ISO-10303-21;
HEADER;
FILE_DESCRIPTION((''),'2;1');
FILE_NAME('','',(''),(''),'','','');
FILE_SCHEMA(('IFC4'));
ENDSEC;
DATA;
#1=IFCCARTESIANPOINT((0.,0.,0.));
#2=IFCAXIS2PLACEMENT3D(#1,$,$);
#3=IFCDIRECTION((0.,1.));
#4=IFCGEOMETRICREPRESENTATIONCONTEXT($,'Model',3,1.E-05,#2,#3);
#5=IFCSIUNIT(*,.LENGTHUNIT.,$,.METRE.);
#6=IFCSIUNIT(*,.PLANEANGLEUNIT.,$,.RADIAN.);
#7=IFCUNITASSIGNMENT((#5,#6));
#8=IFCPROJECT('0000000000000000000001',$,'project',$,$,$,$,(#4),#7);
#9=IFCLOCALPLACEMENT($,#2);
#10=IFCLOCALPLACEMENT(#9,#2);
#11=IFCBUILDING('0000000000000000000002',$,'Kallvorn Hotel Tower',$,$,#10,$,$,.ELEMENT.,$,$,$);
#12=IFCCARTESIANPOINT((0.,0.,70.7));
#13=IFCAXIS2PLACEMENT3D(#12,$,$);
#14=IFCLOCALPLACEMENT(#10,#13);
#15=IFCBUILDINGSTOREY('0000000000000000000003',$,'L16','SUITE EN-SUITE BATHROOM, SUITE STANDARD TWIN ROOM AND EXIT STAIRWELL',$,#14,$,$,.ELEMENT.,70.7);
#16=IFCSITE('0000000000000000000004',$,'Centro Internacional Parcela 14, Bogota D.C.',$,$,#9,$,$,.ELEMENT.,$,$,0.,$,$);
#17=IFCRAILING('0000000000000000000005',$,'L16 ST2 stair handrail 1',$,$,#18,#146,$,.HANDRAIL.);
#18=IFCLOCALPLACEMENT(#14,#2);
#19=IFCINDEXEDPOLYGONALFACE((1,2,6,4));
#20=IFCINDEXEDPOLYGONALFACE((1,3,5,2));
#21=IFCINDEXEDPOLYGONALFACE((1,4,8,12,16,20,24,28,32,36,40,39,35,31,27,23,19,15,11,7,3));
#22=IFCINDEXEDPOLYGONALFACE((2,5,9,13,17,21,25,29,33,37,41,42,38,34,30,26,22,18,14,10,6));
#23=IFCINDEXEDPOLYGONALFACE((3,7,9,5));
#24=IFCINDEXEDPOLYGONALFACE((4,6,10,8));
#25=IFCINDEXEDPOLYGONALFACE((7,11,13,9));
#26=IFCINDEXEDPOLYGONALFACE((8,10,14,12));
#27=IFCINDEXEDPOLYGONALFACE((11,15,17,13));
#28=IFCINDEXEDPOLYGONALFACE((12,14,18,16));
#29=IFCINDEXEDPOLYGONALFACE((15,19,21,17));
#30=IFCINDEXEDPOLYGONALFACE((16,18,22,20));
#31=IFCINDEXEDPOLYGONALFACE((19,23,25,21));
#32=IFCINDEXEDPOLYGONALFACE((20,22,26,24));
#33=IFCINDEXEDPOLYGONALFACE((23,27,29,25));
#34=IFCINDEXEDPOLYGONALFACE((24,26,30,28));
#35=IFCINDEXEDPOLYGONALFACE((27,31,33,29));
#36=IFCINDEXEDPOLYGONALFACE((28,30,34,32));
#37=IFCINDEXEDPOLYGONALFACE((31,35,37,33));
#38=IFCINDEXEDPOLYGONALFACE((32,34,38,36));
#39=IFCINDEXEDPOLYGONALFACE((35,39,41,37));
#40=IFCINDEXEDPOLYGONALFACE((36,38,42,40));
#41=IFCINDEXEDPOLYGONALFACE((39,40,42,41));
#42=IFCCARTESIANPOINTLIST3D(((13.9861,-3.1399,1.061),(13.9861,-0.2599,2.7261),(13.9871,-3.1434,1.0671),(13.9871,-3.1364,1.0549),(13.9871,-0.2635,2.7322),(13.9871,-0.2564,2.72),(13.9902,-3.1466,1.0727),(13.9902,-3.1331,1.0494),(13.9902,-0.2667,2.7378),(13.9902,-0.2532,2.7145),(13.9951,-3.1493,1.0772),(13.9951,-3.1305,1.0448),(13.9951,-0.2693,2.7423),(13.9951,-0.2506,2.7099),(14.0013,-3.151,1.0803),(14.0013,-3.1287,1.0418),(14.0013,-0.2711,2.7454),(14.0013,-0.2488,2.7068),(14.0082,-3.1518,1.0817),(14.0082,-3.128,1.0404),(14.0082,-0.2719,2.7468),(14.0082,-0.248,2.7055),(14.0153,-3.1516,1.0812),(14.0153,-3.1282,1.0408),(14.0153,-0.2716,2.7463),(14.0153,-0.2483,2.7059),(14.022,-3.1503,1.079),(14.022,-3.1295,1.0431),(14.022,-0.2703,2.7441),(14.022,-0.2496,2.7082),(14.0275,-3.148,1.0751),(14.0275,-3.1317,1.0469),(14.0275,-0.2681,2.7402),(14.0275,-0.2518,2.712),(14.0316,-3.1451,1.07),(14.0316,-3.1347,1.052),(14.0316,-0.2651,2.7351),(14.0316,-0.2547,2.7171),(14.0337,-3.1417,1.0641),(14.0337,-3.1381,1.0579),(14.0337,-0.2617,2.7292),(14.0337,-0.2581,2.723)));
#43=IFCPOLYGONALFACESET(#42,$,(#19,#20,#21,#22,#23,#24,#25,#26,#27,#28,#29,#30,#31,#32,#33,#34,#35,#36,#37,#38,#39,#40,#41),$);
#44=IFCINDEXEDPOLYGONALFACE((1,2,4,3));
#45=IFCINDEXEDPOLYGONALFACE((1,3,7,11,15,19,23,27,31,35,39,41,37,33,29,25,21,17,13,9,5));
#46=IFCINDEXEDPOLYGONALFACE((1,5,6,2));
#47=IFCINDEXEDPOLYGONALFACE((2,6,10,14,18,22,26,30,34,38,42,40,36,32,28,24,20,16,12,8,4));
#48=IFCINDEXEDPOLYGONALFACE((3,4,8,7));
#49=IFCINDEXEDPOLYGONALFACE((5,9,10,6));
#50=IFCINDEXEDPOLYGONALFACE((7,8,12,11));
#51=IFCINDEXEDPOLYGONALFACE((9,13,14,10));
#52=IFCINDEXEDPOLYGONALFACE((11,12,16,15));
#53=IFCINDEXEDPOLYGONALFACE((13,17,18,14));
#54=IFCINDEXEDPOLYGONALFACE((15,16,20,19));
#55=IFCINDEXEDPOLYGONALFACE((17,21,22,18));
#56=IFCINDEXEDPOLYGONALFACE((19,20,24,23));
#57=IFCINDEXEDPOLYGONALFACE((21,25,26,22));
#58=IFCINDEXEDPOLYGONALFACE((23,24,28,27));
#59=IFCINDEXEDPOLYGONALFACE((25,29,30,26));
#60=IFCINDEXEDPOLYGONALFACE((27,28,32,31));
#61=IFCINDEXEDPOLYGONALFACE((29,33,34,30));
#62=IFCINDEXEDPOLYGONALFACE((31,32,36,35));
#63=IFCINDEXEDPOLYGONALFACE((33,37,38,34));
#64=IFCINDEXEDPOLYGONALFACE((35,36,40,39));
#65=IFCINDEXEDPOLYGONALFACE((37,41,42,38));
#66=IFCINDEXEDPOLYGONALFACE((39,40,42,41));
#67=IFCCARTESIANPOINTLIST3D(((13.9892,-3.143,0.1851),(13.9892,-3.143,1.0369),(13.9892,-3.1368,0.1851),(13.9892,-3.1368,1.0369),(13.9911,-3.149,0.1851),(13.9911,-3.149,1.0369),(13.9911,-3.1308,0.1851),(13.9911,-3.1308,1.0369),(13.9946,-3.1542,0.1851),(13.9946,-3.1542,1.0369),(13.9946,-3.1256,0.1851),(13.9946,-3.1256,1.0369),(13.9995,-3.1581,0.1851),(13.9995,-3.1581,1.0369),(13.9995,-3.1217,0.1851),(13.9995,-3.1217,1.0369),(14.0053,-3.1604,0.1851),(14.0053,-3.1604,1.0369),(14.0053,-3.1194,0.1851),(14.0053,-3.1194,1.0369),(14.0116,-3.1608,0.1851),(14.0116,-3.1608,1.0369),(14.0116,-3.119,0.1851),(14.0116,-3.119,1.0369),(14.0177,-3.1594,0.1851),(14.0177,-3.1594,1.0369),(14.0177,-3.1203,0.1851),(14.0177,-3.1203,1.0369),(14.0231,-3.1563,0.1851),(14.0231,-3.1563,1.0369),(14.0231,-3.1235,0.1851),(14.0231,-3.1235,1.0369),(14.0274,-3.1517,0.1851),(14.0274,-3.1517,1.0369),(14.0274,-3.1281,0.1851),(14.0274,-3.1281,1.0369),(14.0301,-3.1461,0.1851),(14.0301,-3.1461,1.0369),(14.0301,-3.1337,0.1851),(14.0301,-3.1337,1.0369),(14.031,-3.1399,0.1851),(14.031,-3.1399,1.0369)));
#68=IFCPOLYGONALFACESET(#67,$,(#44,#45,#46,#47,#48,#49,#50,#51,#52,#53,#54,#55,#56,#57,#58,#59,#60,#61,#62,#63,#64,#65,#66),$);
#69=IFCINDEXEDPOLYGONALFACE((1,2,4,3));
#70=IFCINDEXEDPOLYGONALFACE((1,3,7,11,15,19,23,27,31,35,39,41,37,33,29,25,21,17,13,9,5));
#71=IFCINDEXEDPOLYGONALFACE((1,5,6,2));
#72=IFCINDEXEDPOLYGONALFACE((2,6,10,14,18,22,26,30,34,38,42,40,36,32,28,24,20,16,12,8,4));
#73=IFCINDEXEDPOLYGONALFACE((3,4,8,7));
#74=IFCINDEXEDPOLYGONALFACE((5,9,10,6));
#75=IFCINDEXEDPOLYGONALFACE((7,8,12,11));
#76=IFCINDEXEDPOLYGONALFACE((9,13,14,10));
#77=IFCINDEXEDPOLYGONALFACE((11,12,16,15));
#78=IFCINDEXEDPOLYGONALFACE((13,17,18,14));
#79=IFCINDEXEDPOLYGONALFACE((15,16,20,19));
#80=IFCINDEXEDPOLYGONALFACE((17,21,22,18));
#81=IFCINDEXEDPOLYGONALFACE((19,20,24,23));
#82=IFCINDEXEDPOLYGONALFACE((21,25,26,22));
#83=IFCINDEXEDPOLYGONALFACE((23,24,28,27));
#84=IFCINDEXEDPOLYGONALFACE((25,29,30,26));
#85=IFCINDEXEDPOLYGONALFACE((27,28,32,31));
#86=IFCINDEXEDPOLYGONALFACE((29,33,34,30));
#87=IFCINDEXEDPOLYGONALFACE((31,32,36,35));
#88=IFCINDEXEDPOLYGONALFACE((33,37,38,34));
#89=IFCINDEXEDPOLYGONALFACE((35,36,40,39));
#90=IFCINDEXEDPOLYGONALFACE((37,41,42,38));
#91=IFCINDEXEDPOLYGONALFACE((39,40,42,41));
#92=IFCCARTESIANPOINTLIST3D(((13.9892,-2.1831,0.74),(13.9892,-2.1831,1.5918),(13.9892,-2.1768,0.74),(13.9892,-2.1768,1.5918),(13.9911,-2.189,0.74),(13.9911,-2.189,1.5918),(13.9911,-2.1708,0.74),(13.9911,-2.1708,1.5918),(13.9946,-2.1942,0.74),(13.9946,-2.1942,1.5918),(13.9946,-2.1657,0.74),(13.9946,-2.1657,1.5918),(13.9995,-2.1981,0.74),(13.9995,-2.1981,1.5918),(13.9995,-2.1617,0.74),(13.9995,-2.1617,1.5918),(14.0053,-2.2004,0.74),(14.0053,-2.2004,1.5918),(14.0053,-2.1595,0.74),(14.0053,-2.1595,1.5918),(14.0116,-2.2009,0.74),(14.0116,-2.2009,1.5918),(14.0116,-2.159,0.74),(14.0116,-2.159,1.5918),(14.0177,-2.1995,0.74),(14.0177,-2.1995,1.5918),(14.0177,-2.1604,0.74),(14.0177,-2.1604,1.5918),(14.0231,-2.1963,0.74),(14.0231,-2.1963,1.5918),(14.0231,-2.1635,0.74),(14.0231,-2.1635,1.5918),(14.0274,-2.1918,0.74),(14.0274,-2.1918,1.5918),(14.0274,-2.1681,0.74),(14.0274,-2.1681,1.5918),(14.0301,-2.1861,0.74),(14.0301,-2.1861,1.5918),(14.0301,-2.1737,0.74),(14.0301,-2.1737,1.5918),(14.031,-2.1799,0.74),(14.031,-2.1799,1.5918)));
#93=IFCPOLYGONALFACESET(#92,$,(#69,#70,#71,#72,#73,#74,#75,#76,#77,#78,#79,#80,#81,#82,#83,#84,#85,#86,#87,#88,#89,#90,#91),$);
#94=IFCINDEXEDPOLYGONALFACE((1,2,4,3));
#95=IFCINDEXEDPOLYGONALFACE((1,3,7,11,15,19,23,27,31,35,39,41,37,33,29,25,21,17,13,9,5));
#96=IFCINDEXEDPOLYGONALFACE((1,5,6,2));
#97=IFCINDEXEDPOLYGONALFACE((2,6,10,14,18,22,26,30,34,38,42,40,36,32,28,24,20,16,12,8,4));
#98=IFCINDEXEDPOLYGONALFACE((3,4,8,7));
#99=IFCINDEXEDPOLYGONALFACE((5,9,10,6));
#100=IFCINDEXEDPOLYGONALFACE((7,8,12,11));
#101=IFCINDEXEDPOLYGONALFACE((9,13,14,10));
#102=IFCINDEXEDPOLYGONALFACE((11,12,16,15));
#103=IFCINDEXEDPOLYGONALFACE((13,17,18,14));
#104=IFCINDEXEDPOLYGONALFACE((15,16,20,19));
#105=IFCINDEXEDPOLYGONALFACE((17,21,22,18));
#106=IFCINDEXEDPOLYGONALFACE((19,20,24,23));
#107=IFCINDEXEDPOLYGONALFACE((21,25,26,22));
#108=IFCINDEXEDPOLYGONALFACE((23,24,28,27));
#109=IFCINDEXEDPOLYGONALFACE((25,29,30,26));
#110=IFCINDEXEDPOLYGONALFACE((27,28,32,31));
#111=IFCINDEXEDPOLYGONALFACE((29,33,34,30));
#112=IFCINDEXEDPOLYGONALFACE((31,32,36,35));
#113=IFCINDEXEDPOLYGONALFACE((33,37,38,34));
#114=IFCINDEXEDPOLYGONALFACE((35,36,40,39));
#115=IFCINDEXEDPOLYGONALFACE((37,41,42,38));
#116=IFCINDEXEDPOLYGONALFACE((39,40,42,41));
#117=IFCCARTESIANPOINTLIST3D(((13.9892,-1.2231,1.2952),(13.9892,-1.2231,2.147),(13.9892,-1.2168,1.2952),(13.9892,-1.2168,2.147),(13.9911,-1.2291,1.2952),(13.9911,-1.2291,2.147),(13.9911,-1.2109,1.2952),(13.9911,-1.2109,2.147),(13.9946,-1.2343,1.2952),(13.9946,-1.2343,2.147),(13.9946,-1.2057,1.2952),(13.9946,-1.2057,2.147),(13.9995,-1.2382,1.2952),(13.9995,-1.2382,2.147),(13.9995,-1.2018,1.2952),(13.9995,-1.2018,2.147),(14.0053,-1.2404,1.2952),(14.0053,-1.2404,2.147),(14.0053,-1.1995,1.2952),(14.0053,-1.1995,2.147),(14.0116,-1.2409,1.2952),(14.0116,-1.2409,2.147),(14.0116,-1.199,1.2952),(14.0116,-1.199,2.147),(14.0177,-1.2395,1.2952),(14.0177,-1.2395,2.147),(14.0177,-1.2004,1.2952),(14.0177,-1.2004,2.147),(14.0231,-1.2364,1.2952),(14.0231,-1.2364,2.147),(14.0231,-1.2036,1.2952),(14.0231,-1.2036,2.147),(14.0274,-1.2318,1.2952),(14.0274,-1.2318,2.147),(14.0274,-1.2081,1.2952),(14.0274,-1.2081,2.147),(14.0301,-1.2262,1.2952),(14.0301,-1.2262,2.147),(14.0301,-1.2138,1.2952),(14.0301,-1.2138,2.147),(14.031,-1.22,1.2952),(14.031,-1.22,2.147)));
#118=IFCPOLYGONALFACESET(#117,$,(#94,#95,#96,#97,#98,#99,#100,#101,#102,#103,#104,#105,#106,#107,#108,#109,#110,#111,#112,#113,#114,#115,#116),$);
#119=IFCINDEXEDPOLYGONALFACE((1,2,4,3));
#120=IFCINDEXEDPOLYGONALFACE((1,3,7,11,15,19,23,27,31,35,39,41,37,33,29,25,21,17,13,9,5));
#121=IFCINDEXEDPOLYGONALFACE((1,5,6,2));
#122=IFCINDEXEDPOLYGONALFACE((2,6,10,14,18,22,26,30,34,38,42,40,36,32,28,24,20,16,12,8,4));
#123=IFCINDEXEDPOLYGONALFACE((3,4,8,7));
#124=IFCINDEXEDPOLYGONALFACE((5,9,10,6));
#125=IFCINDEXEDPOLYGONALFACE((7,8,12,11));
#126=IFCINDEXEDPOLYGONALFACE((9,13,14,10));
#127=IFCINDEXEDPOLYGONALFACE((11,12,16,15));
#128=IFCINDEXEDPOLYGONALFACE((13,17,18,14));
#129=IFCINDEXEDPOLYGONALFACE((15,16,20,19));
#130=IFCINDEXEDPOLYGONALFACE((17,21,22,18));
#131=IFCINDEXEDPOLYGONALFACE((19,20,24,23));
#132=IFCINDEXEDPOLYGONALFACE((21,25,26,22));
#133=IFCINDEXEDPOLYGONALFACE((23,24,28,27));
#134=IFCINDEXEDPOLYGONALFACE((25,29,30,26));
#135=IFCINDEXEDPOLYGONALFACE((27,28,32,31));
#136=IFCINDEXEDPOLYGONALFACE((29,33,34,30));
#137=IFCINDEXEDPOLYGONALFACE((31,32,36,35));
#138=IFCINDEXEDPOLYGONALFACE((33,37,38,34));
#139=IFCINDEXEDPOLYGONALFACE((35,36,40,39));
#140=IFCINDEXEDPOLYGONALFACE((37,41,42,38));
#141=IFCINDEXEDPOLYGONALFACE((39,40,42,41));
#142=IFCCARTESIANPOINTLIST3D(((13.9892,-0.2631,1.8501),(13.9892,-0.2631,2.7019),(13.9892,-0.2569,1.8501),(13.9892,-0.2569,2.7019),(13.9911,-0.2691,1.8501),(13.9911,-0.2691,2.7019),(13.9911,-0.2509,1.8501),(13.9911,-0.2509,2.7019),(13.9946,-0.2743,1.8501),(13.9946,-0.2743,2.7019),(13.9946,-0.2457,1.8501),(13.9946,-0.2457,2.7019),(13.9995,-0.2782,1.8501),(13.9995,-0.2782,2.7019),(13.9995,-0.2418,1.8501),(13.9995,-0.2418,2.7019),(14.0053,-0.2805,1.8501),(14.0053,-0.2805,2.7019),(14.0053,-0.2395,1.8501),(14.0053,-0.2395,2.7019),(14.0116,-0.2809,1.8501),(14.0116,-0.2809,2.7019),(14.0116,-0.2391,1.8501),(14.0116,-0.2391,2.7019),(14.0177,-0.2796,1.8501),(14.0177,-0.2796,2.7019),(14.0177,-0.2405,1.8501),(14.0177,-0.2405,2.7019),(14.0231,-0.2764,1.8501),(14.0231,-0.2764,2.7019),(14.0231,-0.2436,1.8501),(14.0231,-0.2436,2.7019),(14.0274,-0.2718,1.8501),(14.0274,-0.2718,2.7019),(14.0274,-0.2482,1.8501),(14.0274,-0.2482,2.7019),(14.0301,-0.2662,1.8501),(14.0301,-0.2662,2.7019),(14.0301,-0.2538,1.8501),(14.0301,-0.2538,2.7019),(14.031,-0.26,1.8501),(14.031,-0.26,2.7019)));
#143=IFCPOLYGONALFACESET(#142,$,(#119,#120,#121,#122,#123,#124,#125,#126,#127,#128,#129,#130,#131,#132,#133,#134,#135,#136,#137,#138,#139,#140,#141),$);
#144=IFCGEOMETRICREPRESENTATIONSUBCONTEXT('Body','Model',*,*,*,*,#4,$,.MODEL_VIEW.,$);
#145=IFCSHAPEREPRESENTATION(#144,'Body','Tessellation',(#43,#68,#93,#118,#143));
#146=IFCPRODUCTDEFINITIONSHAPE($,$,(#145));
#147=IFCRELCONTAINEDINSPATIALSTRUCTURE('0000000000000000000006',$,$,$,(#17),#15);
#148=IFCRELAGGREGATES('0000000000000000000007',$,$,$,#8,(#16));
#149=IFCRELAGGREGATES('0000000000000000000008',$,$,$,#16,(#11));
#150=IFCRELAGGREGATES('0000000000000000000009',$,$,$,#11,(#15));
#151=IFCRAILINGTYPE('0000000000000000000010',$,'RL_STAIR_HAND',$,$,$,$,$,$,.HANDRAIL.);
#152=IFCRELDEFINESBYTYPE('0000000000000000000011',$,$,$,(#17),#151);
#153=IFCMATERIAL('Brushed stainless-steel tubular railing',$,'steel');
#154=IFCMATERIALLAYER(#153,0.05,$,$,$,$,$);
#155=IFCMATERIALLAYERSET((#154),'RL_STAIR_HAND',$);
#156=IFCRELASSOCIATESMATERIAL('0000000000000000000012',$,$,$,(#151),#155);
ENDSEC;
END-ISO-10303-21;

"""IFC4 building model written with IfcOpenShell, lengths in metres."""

from ifc_helpers import new_model, si_unit, direction, frame, origin, origin_2d, place, context, subcontext, project, spatial, circle, extrude, material, layer, layer_set, type_object, element, save


model = new_model("IFC4")

# Units and contexts
model_context = context("Model", 3, precision=1e-05, world=origin(), true_north=direction((0.0, 1.0)))
body_context = subcontext(model_context, "Body", "Model", "MODEL_VIEW")
ifc_project = project(units=[si_unit("LENGTHUNIT", "METRE"), si_unit("PLANEANGLEUNIT", "RADIAN")], contexts=[model_context])

# Site, building, storey
site_placement = place(None, origin())
site = spatial("IfcSite", under=ifc_project, at=site_placement, Name="Centro Internacional Parcela 14, Bogota D.C.", CompositionType="ELEMENT", RefElevation=0.0)
building_placement = place(site_placement, origin())
building = spatial("IfcBuilding", under=site, at=building_placement, Name="Kallvorn Hotel Tower", CompositionType="ELEMENT")
storey_placement = place(building_placement, frame((0.0, 0.0, 70.7)))
storey = spatial("IfcBuildingStorey", under=building, at=storey_placement, Name="L16", Description="SUITE EN-SUITE BATHROOM, SUITE STANDARD TWIN ROOM AND EXIT STAIRWELL", CompositionType="ELEMENT", Elevation=70.7)

# Railing
ifc_material_1 = material(Name="Brushed stainless-steel tubular railing", Category="steel")
ifc_layer_1 = layer(ifc_material_1, 0.05)
ifc_layer_set_1 = layer_set([ifc_layer_1], Name="RL_STAIR_HAND")
railing_type_1 = type_object("IfcRailingType", Name="RL_STAIR_HAND", PredefinedType="HANDRAIL", material=ifc_layer_set_1)
railing_1_placement = place(storey_placement, frame((14.01, -3.1399, 0.1851)))
element("IfcRailing", 1, at=railing_1_placement, inside=storey, type_object=railing_type_1, Name="L16 ST2 stair handrail 1", PredefinedType="HANDRAIL", context=body_context, shape_type="SweptSolid", body=[
    extrude(circle(Radius=0.0239, at=origin_2d()), frame((0.0, 0.0, 0.876), z_axis=(0.0, 0.865721, 0.500527), x_axis=(-1.0, 0.0, 0.0)), (0.0, 0.0, 1.0), 3.3267),
    extrude(circle(Radius=0.021, at=origin_2d()), origin(), (0.0, 0.0, 1.0), 0.8518),
    extrude(circle(Radius=0.021, at=origin_2d()), frame((0.0, 0.96, 0.5549)), (0.0, 0.0, 1.0), 0.8518),
    extrude(circle(Radius=0.021, at=origin_2d()), frame((0.0, 1.9199, 1.1101)), (0.0, 0.0, 1.0), 0.8518),
    extrude(circle(Radius=0.021, at=origin_2d()), frame((0.0, 2.8799, 1.665)), (0.0, 0.0, 1.0), 0.8518),
])

save(model, "model.ifc")
